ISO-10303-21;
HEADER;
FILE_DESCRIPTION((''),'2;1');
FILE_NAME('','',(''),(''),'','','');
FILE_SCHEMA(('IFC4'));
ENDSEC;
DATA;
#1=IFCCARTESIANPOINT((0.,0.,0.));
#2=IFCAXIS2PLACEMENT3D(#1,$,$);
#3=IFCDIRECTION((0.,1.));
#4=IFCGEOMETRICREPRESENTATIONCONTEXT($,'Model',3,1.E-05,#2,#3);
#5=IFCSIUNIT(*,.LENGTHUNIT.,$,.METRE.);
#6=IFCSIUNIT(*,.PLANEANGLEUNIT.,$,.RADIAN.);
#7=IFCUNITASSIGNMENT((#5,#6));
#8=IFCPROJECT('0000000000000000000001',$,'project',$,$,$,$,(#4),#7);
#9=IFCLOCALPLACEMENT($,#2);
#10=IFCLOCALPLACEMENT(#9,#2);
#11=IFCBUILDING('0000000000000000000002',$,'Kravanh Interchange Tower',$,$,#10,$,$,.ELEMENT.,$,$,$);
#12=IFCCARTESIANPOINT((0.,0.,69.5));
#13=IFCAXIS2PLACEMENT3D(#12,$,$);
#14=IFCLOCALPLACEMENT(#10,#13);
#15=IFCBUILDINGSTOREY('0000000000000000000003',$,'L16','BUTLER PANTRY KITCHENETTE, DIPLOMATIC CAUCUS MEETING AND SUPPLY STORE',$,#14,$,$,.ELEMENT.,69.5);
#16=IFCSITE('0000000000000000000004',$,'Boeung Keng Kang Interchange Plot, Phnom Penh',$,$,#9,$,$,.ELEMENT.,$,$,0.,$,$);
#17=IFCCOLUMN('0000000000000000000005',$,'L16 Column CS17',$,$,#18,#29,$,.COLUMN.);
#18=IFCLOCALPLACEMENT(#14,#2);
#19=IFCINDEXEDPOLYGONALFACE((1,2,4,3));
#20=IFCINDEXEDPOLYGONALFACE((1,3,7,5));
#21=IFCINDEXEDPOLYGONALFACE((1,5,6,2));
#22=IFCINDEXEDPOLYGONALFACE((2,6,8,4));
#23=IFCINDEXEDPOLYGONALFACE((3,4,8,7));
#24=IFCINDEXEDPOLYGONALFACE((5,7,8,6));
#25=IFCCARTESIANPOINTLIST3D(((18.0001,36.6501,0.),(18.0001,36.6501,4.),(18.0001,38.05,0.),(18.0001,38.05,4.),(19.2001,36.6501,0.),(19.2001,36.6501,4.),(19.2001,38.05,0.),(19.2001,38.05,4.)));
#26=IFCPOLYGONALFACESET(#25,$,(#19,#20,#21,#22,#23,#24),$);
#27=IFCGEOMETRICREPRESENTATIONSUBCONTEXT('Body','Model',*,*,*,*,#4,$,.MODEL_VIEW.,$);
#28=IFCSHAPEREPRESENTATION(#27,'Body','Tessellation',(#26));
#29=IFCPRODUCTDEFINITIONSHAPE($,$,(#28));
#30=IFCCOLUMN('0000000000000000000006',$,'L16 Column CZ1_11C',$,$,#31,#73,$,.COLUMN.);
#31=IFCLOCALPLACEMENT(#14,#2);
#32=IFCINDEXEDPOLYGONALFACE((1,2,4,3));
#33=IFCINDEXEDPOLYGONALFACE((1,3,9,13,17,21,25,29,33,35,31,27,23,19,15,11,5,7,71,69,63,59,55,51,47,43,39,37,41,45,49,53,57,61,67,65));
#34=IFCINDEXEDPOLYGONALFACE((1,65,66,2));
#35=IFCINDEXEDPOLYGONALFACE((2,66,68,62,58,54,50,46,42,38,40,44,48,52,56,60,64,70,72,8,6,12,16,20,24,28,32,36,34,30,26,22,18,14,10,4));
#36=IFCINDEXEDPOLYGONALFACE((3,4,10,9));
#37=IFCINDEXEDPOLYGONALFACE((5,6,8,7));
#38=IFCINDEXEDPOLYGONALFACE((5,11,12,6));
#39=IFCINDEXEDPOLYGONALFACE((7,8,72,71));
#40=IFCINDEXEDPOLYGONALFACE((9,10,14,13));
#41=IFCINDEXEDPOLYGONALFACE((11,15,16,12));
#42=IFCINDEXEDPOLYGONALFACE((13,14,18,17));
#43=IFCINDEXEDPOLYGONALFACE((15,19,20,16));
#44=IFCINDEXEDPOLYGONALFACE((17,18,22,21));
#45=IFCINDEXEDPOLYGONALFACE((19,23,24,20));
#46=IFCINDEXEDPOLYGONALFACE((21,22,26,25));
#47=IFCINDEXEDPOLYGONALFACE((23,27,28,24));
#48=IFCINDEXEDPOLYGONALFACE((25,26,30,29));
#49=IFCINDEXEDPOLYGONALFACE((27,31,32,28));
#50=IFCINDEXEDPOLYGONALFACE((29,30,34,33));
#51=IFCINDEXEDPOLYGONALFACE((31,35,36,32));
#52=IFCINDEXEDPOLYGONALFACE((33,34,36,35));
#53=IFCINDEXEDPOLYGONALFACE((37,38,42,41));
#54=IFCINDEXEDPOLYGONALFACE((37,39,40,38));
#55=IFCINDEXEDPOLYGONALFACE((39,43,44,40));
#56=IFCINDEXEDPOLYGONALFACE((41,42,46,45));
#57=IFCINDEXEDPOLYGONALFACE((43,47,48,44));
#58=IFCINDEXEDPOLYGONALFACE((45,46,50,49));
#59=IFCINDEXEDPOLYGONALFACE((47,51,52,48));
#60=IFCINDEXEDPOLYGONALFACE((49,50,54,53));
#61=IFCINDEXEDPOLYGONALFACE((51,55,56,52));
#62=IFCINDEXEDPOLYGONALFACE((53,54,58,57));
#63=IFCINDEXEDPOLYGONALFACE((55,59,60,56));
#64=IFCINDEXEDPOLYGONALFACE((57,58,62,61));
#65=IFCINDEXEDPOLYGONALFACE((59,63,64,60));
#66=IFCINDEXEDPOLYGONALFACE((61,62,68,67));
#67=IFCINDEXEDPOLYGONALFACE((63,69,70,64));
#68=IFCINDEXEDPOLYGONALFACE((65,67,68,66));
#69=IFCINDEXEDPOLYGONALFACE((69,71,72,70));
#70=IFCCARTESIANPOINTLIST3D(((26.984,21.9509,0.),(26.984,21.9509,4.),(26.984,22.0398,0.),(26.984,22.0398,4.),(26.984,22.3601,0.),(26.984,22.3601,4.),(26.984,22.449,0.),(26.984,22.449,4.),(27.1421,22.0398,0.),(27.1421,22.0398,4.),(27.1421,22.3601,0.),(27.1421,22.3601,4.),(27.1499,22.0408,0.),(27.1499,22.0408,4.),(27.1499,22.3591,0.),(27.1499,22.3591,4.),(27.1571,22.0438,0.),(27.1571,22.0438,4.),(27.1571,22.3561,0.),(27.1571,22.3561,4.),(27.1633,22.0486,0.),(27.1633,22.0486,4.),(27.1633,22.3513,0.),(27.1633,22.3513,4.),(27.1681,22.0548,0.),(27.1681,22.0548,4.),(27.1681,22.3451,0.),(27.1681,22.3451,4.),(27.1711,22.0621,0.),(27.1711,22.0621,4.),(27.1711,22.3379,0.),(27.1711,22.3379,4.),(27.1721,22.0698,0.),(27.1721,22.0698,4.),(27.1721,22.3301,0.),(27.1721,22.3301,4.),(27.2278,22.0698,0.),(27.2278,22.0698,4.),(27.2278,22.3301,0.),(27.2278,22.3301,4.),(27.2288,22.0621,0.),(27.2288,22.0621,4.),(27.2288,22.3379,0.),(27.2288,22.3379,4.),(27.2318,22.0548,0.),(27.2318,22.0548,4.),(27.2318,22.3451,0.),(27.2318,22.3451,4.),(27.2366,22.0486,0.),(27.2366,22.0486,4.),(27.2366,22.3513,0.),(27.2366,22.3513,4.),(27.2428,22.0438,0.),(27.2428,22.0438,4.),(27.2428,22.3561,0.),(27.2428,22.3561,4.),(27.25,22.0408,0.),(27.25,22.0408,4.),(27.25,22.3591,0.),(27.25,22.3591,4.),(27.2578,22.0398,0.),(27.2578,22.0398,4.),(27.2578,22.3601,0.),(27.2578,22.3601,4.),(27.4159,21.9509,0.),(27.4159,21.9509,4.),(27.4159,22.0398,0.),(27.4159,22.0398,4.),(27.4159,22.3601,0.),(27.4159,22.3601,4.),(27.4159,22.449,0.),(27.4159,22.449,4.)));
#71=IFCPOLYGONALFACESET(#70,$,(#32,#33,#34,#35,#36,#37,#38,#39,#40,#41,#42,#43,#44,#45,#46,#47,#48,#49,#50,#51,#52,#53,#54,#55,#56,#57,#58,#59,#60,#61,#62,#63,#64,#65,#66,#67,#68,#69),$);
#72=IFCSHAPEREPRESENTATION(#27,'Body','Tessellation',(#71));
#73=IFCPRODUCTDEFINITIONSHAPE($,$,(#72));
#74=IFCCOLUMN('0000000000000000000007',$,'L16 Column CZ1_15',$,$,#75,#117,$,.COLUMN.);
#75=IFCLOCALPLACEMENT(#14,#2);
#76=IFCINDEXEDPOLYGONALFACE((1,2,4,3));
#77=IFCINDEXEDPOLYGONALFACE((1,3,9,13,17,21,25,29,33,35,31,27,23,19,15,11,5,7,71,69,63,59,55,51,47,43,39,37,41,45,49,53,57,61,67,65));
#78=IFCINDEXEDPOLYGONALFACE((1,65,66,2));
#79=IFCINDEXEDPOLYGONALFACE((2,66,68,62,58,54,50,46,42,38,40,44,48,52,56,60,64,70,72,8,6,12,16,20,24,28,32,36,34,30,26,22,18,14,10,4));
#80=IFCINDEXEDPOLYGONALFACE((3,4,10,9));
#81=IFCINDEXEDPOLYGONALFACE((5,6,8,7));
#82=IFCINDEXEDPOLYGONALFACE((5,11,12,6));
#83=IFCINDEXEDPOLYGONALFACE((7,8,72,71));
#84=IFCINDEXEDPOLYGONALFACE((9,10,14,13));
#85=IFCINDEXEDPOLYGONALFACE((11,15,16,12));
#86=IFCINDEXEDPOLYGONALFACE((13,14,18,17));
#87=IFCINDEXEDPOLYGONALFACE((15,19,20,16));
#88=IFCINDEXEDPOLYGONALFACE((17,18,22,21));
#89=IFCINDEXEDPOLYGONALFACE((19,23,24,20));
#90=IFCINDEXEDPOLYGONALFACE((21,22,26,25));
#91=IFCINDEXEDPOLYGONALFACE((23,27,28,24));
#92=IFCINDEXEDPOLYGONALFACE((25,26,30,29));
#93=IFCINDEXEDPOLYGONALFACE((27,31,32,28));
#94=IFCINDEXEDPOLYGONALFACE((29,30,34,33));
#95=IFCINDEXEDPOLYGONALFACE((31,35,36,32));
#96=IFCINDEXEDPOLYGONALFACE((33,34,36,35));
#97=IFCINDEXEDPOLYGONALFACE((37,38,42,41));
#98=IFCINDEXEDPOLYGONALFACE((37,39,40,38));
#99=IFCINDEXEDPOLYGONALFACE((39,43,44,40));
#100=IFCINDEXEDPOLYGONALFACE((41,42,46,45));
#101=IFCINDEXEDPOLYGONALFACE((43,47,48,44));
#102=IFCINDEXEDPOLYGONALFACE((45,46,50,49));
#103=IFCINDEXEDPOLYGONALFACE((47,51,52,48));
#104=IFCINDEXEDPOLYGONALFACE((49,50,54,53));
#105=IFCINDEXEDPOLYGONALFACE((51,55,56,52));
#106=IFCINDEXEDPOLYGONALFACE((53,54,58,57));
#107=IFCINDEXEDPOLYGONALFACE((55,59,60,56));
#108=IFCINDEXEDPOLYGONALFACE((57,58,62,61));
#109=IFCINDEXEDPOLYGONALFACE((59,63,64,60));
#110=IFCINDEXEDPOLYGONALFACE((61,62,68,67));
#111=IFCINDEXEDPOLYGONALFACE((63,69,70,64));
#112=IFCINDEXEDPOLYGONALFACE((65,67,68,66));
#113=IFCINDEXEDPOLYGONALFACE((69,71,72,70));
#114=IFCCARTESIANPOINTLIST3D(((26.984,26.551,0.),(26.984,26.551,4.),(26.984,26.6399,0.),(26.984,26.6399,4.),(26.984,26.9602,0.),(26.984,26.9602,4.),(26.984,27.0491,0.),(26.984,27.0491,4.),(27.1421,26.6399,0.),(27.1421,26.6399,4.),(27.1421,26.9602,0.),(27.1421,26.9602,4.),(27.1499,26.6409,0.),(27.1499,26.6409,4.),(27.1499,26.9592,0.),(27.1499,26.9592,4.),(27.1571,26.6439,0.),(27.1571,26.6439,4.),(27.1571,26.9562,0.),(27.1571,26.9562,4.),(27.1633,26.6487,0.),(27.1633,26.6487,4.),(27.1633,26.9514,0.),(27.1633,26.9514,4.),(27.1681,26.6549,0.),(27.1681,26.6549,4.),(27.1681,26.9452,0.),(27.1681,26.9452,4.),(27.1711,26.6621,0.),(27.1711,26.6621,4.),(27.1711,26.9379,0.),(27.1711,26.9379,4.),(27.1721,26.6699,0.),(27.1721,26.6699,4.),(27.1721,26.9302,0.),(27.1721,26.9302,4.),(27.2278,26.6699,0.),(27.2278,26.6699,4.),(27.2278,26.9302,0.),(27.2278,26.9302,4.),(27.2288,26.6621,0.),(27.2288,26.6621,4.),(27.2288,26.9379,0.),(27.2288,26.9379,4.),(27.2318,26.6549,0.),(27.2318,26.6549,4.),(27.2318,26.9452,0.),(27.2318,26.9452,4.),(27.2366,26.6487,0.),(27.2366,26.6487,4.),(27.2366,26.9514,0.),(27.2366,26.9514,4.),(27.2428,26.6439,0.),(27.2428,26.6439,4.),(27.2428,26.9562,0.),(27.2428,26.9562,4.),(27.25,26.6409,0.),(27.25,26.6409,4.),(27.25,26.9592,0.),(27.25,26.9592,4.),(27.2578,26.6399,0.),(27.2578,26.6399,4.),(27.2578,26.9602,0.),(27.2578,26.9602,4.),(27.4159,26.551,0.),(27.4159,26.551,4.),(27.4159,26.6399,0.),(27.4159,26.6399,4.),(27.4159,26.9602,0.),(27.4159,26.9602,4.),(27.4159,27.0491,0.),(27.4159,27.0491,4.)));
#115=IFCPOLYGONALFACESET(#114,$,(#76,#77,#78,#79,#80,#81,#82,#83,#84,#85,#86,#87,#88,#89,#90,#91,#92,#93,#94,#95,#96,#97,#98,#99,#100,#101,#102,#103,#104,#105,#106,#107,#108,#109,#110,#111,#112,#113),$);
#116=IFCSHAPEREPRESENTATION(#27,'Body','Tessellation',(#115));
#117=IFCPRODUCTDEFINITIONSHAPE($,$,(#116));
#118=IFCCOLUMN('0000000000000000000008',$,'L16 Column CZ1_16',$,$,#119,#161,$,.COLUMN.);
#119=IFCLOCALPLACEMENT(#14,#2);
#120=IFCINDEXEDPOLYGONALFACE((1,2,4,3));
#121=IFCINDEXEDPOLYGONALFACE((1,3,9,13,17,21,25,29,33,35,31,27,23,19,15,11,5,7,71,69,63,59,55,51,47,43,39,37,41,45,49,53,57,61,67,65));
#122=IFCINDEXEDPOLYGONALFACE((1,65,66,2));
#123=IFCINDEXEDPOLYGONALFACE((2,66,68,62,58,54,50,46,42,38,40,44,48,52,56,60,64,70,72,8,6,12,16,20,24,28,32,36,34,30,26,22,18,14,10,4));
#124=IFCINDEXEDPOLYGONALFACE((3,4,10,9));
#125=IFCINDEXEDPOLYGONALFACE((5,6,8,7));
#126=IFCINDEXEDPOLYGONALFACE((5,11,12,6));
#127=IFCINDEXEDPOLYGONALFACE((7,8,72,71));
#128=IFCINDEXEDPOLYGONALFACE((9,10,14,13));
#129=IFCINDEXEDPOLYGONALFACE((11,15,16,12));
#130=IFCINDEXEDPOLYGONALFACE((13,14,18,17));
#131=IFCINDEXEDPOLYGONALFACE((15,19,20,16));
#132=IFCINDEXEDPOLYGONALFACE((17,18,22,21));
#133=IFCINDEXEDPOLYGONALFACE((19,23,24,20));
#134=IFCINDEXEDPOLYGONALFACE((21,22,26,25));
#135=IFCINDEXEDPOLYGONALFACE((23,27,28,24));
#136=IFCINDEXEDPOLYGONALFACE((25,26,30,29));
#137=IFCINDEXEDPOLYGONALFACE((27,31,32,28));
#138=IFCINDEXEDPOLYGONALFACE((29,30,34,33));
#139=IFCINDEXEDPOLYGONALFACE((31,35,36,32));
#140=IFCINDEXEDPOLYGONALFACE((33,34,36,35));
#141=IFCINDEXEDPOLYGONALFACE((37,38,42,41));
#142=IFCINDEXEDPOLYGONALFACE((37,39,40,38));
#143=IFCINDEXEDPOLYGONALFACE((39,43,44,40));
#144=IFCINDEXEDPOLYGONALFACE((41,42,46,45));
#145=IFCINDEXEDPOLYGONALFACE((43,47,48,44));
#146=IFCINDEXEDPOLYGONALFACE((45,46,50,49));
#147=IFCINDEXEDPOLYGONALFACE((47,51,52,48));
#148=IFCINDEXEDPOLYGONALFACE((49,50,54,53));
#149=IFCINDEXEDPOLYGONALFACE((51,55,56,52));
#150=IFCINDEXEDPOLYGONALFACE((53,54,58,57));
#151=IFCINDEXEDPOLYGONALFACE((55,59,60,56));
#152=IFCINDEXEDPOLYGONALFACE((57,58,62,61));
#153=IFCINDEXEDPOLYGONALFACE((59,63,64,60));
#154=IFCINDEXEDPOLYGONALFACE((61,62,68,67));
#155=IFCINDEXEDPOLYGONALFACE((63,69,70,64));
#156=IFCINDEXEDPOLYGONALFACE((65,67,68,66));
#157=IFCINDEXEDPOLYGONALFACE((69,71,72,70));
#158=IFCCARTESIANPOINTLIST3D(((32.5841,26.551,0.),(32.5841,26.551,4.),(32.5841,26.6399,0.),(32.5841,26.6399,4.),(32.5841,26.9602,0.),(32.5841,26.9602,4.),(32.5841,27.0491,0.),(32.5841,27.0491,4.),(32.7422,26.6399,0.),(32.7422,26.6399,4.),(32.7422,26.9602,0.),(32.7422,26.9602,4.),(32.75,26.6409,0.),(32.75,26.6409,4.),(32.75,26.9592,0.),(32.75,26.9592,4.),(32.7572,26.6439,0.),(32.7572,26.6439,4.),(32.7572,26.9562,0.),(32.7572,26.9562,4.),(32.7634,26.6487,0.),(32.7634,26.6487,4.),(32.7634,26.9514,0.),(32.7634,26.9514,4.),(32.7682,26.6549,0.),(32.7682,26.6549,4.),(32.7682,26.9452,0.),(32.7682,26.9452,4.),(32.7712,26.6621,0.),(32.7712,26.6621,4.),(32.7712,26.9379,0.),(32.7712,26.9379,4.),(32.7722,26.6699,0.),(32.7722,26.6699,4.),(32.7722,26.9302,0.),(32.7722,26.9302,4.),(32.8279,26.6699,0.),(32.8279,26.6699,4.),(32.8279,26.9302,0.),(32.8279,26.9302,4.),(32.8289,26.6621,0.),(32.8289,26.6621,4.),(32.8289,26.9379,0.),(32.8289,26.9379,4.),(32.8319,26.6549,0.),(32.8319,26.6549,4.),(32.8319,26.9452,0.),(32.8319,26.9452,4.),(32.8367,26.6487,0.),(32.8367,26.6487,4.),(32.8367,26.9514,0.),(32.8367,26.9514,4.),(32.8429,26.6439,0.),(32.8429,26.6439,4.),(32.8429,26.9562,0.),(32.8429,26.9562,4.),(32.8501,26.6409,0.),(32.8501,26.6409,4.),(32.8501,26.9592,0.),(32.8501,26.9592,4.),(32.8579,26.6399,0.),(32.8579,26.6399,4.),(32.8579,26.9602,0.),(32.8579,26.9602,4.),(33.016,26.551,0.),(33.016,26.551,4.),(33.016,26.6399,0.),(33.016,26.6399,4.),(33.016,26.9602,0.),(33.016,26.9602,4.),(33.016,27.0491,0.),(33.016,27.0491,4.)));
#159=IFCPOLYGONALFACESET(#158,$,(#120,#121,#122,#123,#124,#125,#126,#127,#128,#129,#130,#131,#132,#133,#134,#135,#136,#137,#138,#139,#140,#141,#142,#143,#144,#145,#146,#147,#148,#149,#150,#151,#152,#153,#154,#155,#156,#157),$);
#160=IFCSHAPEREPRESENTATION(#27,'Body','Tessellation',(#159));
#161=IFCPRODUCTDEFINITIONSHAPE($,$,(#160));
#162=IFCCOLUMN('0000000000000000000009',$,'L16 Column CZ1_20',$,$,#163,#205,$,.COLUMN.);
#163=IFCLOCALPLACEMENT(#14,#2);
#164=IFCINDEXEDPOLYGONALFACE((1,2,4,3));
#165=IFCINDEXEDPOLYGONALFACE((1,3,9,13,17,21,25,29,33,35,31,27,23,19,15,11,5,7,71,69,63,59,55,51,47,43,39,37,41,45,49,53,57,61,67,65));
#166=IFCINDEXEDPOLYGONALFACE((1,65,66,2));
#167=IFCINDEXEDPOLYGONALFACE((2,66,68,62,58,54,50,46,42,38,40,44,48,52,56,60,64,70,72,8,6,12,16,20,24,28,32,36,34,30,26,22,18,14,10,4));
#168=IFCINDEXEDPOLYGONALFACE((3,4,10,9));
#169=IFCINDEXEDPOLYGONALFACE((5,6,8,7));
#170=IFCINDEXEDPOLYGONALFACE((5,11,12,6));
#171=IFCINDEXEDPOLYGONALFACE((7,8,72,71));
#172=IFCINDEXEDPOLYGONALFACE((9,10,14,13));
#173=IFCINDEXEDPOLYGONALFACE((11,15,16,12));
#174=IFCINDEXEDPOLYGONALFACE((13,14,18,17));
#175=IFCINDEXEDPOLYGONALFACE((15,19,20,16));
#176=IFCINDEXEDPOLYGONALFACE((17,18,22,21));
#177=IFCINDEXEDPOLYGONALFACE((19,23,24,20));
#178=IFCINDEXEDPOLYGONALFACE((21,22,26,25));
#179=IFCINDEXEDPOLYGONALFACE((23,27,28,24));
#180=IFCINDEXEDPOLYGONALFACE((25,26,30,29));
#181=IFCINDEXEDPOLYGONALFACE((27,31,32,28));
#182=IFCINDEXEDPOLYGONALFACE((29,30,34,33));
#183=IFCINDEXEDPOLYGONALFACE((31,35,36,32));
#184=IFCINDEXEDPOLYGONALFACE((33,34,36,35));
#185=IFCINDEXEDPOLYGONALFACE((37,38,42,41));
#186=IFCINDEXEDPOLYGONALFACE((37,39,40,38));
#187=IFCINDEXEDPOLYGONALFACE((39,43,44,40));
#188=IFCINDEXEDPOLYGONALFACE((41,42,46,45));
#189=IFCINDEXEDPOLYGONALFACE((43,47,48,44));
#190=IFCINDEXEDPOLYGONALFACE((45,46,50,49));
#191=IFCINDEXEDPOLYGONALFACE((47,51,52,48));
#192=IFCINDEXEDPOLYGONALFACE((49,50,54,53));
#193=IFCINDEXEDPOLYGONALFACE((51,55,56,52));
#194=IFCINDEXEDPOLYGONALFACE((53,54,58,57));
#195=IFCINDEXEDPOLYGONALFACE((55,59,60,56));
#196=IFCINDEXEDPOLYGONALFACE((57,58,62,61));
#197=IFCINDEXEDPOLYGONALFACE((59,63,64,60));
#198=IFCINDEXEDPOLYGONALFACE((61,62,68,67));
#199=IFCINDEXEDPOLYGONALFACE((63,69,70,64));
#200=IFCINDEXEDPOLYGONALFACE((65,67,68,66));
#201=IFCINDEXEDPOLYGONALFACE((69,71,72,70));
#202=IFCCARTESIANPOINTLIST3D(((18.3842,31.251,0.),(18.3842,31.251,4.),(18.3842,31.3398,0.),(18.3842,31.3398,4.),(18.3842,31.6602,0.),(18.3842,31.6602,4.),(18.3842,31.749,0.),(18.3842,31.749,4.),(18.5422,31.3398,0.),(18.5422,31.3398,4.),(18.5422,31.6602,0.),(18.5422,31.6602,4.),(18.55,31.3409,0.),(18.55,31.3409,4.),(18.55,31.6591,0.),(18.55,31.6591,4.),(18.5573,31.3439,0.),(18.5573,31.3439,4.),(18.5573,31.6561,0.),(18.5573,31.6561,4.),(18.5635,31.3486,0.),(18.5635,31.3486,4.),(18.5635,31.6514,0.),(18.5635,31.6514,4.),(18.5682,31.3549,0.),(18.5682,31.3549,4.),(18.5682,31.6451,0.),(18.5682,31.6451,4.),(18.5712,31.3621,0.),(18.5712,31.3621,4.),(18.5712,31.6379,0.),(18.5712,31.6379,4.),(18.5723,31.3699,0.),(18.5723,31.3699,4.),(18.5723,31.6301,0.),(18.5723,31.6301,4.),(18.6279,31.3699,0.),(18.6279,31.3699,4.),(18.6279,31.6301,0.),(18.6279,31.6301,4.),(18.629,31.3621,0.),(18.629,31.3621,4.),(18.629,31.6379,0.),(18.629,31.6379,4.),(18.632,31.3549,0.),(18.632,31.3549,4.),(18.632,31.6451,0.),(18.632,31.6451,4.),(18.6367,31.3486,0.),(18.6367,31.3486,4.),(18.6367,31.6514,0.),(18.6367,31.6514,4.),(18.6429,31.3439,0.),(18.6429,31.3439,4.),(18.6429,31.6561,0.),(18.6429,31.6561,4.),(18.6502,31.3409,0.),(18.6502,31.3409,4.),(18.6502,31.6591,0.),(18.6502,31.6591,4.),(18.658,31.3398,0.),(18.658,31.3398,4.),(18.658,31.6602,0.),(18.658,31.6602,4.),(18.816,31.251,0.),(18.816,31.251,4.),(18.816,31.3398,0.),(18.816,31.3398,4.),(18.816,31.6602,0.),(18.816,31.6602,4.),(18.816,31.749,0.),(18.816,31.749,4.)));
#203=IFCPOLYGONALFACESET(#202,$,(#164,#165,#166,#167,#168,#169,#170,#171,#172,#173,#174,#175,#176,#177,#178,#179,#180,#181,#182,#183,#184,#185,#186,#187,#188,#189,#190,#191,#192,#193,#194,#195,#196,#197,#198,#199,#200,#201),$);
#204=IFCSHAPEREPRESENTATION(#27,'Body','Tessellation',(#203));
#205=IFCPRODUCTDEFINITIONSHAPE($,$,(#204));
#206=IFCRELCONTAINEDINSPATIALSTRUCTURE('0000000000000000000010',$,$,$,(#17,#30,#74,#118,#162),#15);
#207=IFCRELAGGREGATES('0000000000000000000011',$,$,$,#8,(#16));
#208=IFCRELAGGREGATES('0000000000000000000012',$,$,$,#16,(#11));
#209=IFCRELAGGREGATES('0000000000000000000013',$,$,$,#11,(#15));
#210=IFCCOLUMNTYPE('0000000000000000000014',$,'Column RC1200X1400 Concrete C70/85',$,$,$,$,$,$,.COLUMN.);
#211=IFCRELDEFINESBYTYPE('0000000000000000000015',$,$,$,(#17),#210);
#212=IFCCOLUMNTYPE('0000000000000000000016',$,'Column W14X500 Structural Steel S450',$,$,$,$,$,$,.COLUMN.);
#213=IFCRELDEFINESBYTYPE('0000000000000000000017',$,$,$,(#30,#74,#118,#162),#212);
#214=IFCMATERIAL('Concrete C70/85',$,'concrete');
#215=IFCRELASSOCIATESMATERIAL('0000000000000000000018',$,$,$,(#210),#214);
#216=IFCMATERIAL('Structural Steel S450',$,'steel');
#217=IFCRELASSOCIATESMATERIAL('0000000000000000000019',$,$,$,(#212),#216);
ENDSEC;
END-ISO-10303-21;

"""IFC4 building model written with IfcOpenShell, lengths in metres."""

from ifc_helpers import new_model, si_unit, direction, frame, origin, origin_2d, place, context, subcontext, project, spatial, rectangle, i_section, extrude, material, material_profile, profile_set, type_object, element, save


model = new_model("IFC4")

# Units and contexts
model_context = context("Model", 3, precision=1e-05, world=origin(), true_north=direction((0.0, 1.0)))
body_context = subcontext(model_context, "Body", "Model", "MODEL_VIEW")
ifc_project = project(units=[si_unit("LENGTHUNIT", "METRE"), si_unit("PLANEANGLEUNIT", "RADIAN")], contexts=[model_context])

# Site, building, storey
site_placement = place(None, origin())
site = spatial("IfcSite", under=ifc_project, at=site_placement, Name="Boeung Keng Kang Interchange Plot, Phnom Penh", CompositionType="ELEMENT", RefElevation=0.0)
building_placement = place(site_placement, origin())
building = spatial("IfcBuilding", under=site, at=building_placement, Name="Kravanh Interchange Tower", CompositionType="ELEMENT")
storey_placement = place(building_placement, frame((0.0, 0.0, 69.5)))
storey = spatial("IfcBuildingStorey", under=building, at=storey_placement, Name="L16", Description="BUTLER PANTRY KITCHENETTE, DIPLOMATIC CAUCUS MEETING AND SUPPLY STORE", CompositionType="ELEMENT", Elevation=69.5)

# Columns
ifc_material_1 = material(Name="Concrete C70/85", Category="concrete")
ifc_material_profile_1 = material_profile(ifc_material_1, rectangle(XDim=1.2, YDim=1.3999, at=origin_2d()), Name="RC1200X1400")
ifc_profile_set_1 = profile_set([ifc_material_profile_1], Name="Concrete C70/85")
column_type_1 = type_object("IfcColumnType", Name="Column RC1200X1400 Concrete C70/85", PredefinedType="COLUMN", material=ifc_profile_set_1)
column_placement = place(storey_placement, frame((18.6001, 37.3501, 0.0), z_axis=(0.0, 0.0, 1.0), x_axis=(1.0, 0.0, 0.0)))
element("IfcColumn", 1, at=column_placement, inside=storey, type_object=column_type_1, Name="L16 Column CS17", PredefinedType="COLUMN", context=body_context, shape_type="SweptSolid", body=[
    extrude(rectangle(XDim=1.2, YDim=1.3999, at=origin_2d()), origin(), (0.0, 0.0, 1.0), 4.0),
])
ifc_material_2 = material(Name="Structural Steel S450", Category="steel")
ifc_material_profile_2 = material_profile(ifc_material_2, i_section(OverallWidth=0.4319, OverallDepth=0.498, WebThickness=0.0557, FlangeThickness=0.0889, FilletRadius=0.03, at=origin_2d()), Name="W14X500")
ifc_profile_set_2 = profile_set([ifc_material_profile_2], Name="Structural Steel S450")
column_type_2 = type_object("IfcColumnType", Name="Column W14X500 Structural Steel S450", PredefinedType="COLUMN", material=ifc_profile_set_2)
for number, where, z_axis, x_axis, name in (
    (2, (27.2, 22.2, 0.0), (0.0, 0.0, 1.0), (1.0, 0.0, 0.0), "L16 Column CZ1_11C"),
    (3, (27.2, 26.8, 0.0), (0.0, 0.0, 1.0), (1.0, 0.0, 0.0), "L16 Column CZ1_15"),
    (4, (32.8, 26.8, 0.0), (0.0, 0.0, 1.0), (1.0, 0.0, 0.0), "L16 Column CZ1_16"),
    (5, (18.6001, 31.5, 0.0), (0.0, 0.0, 1.0), (1.0, 0.0, 0.0), "L16 Column CZ1_20"),
):
    element("IfcColumn", number, at=place(storey_placement, frame(where, z_axis=z_axis, x_axis=x_axis)), inside=storey, type_object=column_type_2, Name=name, PredefinedType="COLUMN", context=body_context, shape_type="SweptSolid", body=[
        extrude(i_section(OverallWidth=0.4319, OverallDepth=0.498, WebThickness=0.0557, FlangeThickness=0.0889, FilletRadius=0.03, at=origin_2d()), origin(), (0.0, 0.0, 1.0), 4.0),
    ])

save(model, "model.ifc")
